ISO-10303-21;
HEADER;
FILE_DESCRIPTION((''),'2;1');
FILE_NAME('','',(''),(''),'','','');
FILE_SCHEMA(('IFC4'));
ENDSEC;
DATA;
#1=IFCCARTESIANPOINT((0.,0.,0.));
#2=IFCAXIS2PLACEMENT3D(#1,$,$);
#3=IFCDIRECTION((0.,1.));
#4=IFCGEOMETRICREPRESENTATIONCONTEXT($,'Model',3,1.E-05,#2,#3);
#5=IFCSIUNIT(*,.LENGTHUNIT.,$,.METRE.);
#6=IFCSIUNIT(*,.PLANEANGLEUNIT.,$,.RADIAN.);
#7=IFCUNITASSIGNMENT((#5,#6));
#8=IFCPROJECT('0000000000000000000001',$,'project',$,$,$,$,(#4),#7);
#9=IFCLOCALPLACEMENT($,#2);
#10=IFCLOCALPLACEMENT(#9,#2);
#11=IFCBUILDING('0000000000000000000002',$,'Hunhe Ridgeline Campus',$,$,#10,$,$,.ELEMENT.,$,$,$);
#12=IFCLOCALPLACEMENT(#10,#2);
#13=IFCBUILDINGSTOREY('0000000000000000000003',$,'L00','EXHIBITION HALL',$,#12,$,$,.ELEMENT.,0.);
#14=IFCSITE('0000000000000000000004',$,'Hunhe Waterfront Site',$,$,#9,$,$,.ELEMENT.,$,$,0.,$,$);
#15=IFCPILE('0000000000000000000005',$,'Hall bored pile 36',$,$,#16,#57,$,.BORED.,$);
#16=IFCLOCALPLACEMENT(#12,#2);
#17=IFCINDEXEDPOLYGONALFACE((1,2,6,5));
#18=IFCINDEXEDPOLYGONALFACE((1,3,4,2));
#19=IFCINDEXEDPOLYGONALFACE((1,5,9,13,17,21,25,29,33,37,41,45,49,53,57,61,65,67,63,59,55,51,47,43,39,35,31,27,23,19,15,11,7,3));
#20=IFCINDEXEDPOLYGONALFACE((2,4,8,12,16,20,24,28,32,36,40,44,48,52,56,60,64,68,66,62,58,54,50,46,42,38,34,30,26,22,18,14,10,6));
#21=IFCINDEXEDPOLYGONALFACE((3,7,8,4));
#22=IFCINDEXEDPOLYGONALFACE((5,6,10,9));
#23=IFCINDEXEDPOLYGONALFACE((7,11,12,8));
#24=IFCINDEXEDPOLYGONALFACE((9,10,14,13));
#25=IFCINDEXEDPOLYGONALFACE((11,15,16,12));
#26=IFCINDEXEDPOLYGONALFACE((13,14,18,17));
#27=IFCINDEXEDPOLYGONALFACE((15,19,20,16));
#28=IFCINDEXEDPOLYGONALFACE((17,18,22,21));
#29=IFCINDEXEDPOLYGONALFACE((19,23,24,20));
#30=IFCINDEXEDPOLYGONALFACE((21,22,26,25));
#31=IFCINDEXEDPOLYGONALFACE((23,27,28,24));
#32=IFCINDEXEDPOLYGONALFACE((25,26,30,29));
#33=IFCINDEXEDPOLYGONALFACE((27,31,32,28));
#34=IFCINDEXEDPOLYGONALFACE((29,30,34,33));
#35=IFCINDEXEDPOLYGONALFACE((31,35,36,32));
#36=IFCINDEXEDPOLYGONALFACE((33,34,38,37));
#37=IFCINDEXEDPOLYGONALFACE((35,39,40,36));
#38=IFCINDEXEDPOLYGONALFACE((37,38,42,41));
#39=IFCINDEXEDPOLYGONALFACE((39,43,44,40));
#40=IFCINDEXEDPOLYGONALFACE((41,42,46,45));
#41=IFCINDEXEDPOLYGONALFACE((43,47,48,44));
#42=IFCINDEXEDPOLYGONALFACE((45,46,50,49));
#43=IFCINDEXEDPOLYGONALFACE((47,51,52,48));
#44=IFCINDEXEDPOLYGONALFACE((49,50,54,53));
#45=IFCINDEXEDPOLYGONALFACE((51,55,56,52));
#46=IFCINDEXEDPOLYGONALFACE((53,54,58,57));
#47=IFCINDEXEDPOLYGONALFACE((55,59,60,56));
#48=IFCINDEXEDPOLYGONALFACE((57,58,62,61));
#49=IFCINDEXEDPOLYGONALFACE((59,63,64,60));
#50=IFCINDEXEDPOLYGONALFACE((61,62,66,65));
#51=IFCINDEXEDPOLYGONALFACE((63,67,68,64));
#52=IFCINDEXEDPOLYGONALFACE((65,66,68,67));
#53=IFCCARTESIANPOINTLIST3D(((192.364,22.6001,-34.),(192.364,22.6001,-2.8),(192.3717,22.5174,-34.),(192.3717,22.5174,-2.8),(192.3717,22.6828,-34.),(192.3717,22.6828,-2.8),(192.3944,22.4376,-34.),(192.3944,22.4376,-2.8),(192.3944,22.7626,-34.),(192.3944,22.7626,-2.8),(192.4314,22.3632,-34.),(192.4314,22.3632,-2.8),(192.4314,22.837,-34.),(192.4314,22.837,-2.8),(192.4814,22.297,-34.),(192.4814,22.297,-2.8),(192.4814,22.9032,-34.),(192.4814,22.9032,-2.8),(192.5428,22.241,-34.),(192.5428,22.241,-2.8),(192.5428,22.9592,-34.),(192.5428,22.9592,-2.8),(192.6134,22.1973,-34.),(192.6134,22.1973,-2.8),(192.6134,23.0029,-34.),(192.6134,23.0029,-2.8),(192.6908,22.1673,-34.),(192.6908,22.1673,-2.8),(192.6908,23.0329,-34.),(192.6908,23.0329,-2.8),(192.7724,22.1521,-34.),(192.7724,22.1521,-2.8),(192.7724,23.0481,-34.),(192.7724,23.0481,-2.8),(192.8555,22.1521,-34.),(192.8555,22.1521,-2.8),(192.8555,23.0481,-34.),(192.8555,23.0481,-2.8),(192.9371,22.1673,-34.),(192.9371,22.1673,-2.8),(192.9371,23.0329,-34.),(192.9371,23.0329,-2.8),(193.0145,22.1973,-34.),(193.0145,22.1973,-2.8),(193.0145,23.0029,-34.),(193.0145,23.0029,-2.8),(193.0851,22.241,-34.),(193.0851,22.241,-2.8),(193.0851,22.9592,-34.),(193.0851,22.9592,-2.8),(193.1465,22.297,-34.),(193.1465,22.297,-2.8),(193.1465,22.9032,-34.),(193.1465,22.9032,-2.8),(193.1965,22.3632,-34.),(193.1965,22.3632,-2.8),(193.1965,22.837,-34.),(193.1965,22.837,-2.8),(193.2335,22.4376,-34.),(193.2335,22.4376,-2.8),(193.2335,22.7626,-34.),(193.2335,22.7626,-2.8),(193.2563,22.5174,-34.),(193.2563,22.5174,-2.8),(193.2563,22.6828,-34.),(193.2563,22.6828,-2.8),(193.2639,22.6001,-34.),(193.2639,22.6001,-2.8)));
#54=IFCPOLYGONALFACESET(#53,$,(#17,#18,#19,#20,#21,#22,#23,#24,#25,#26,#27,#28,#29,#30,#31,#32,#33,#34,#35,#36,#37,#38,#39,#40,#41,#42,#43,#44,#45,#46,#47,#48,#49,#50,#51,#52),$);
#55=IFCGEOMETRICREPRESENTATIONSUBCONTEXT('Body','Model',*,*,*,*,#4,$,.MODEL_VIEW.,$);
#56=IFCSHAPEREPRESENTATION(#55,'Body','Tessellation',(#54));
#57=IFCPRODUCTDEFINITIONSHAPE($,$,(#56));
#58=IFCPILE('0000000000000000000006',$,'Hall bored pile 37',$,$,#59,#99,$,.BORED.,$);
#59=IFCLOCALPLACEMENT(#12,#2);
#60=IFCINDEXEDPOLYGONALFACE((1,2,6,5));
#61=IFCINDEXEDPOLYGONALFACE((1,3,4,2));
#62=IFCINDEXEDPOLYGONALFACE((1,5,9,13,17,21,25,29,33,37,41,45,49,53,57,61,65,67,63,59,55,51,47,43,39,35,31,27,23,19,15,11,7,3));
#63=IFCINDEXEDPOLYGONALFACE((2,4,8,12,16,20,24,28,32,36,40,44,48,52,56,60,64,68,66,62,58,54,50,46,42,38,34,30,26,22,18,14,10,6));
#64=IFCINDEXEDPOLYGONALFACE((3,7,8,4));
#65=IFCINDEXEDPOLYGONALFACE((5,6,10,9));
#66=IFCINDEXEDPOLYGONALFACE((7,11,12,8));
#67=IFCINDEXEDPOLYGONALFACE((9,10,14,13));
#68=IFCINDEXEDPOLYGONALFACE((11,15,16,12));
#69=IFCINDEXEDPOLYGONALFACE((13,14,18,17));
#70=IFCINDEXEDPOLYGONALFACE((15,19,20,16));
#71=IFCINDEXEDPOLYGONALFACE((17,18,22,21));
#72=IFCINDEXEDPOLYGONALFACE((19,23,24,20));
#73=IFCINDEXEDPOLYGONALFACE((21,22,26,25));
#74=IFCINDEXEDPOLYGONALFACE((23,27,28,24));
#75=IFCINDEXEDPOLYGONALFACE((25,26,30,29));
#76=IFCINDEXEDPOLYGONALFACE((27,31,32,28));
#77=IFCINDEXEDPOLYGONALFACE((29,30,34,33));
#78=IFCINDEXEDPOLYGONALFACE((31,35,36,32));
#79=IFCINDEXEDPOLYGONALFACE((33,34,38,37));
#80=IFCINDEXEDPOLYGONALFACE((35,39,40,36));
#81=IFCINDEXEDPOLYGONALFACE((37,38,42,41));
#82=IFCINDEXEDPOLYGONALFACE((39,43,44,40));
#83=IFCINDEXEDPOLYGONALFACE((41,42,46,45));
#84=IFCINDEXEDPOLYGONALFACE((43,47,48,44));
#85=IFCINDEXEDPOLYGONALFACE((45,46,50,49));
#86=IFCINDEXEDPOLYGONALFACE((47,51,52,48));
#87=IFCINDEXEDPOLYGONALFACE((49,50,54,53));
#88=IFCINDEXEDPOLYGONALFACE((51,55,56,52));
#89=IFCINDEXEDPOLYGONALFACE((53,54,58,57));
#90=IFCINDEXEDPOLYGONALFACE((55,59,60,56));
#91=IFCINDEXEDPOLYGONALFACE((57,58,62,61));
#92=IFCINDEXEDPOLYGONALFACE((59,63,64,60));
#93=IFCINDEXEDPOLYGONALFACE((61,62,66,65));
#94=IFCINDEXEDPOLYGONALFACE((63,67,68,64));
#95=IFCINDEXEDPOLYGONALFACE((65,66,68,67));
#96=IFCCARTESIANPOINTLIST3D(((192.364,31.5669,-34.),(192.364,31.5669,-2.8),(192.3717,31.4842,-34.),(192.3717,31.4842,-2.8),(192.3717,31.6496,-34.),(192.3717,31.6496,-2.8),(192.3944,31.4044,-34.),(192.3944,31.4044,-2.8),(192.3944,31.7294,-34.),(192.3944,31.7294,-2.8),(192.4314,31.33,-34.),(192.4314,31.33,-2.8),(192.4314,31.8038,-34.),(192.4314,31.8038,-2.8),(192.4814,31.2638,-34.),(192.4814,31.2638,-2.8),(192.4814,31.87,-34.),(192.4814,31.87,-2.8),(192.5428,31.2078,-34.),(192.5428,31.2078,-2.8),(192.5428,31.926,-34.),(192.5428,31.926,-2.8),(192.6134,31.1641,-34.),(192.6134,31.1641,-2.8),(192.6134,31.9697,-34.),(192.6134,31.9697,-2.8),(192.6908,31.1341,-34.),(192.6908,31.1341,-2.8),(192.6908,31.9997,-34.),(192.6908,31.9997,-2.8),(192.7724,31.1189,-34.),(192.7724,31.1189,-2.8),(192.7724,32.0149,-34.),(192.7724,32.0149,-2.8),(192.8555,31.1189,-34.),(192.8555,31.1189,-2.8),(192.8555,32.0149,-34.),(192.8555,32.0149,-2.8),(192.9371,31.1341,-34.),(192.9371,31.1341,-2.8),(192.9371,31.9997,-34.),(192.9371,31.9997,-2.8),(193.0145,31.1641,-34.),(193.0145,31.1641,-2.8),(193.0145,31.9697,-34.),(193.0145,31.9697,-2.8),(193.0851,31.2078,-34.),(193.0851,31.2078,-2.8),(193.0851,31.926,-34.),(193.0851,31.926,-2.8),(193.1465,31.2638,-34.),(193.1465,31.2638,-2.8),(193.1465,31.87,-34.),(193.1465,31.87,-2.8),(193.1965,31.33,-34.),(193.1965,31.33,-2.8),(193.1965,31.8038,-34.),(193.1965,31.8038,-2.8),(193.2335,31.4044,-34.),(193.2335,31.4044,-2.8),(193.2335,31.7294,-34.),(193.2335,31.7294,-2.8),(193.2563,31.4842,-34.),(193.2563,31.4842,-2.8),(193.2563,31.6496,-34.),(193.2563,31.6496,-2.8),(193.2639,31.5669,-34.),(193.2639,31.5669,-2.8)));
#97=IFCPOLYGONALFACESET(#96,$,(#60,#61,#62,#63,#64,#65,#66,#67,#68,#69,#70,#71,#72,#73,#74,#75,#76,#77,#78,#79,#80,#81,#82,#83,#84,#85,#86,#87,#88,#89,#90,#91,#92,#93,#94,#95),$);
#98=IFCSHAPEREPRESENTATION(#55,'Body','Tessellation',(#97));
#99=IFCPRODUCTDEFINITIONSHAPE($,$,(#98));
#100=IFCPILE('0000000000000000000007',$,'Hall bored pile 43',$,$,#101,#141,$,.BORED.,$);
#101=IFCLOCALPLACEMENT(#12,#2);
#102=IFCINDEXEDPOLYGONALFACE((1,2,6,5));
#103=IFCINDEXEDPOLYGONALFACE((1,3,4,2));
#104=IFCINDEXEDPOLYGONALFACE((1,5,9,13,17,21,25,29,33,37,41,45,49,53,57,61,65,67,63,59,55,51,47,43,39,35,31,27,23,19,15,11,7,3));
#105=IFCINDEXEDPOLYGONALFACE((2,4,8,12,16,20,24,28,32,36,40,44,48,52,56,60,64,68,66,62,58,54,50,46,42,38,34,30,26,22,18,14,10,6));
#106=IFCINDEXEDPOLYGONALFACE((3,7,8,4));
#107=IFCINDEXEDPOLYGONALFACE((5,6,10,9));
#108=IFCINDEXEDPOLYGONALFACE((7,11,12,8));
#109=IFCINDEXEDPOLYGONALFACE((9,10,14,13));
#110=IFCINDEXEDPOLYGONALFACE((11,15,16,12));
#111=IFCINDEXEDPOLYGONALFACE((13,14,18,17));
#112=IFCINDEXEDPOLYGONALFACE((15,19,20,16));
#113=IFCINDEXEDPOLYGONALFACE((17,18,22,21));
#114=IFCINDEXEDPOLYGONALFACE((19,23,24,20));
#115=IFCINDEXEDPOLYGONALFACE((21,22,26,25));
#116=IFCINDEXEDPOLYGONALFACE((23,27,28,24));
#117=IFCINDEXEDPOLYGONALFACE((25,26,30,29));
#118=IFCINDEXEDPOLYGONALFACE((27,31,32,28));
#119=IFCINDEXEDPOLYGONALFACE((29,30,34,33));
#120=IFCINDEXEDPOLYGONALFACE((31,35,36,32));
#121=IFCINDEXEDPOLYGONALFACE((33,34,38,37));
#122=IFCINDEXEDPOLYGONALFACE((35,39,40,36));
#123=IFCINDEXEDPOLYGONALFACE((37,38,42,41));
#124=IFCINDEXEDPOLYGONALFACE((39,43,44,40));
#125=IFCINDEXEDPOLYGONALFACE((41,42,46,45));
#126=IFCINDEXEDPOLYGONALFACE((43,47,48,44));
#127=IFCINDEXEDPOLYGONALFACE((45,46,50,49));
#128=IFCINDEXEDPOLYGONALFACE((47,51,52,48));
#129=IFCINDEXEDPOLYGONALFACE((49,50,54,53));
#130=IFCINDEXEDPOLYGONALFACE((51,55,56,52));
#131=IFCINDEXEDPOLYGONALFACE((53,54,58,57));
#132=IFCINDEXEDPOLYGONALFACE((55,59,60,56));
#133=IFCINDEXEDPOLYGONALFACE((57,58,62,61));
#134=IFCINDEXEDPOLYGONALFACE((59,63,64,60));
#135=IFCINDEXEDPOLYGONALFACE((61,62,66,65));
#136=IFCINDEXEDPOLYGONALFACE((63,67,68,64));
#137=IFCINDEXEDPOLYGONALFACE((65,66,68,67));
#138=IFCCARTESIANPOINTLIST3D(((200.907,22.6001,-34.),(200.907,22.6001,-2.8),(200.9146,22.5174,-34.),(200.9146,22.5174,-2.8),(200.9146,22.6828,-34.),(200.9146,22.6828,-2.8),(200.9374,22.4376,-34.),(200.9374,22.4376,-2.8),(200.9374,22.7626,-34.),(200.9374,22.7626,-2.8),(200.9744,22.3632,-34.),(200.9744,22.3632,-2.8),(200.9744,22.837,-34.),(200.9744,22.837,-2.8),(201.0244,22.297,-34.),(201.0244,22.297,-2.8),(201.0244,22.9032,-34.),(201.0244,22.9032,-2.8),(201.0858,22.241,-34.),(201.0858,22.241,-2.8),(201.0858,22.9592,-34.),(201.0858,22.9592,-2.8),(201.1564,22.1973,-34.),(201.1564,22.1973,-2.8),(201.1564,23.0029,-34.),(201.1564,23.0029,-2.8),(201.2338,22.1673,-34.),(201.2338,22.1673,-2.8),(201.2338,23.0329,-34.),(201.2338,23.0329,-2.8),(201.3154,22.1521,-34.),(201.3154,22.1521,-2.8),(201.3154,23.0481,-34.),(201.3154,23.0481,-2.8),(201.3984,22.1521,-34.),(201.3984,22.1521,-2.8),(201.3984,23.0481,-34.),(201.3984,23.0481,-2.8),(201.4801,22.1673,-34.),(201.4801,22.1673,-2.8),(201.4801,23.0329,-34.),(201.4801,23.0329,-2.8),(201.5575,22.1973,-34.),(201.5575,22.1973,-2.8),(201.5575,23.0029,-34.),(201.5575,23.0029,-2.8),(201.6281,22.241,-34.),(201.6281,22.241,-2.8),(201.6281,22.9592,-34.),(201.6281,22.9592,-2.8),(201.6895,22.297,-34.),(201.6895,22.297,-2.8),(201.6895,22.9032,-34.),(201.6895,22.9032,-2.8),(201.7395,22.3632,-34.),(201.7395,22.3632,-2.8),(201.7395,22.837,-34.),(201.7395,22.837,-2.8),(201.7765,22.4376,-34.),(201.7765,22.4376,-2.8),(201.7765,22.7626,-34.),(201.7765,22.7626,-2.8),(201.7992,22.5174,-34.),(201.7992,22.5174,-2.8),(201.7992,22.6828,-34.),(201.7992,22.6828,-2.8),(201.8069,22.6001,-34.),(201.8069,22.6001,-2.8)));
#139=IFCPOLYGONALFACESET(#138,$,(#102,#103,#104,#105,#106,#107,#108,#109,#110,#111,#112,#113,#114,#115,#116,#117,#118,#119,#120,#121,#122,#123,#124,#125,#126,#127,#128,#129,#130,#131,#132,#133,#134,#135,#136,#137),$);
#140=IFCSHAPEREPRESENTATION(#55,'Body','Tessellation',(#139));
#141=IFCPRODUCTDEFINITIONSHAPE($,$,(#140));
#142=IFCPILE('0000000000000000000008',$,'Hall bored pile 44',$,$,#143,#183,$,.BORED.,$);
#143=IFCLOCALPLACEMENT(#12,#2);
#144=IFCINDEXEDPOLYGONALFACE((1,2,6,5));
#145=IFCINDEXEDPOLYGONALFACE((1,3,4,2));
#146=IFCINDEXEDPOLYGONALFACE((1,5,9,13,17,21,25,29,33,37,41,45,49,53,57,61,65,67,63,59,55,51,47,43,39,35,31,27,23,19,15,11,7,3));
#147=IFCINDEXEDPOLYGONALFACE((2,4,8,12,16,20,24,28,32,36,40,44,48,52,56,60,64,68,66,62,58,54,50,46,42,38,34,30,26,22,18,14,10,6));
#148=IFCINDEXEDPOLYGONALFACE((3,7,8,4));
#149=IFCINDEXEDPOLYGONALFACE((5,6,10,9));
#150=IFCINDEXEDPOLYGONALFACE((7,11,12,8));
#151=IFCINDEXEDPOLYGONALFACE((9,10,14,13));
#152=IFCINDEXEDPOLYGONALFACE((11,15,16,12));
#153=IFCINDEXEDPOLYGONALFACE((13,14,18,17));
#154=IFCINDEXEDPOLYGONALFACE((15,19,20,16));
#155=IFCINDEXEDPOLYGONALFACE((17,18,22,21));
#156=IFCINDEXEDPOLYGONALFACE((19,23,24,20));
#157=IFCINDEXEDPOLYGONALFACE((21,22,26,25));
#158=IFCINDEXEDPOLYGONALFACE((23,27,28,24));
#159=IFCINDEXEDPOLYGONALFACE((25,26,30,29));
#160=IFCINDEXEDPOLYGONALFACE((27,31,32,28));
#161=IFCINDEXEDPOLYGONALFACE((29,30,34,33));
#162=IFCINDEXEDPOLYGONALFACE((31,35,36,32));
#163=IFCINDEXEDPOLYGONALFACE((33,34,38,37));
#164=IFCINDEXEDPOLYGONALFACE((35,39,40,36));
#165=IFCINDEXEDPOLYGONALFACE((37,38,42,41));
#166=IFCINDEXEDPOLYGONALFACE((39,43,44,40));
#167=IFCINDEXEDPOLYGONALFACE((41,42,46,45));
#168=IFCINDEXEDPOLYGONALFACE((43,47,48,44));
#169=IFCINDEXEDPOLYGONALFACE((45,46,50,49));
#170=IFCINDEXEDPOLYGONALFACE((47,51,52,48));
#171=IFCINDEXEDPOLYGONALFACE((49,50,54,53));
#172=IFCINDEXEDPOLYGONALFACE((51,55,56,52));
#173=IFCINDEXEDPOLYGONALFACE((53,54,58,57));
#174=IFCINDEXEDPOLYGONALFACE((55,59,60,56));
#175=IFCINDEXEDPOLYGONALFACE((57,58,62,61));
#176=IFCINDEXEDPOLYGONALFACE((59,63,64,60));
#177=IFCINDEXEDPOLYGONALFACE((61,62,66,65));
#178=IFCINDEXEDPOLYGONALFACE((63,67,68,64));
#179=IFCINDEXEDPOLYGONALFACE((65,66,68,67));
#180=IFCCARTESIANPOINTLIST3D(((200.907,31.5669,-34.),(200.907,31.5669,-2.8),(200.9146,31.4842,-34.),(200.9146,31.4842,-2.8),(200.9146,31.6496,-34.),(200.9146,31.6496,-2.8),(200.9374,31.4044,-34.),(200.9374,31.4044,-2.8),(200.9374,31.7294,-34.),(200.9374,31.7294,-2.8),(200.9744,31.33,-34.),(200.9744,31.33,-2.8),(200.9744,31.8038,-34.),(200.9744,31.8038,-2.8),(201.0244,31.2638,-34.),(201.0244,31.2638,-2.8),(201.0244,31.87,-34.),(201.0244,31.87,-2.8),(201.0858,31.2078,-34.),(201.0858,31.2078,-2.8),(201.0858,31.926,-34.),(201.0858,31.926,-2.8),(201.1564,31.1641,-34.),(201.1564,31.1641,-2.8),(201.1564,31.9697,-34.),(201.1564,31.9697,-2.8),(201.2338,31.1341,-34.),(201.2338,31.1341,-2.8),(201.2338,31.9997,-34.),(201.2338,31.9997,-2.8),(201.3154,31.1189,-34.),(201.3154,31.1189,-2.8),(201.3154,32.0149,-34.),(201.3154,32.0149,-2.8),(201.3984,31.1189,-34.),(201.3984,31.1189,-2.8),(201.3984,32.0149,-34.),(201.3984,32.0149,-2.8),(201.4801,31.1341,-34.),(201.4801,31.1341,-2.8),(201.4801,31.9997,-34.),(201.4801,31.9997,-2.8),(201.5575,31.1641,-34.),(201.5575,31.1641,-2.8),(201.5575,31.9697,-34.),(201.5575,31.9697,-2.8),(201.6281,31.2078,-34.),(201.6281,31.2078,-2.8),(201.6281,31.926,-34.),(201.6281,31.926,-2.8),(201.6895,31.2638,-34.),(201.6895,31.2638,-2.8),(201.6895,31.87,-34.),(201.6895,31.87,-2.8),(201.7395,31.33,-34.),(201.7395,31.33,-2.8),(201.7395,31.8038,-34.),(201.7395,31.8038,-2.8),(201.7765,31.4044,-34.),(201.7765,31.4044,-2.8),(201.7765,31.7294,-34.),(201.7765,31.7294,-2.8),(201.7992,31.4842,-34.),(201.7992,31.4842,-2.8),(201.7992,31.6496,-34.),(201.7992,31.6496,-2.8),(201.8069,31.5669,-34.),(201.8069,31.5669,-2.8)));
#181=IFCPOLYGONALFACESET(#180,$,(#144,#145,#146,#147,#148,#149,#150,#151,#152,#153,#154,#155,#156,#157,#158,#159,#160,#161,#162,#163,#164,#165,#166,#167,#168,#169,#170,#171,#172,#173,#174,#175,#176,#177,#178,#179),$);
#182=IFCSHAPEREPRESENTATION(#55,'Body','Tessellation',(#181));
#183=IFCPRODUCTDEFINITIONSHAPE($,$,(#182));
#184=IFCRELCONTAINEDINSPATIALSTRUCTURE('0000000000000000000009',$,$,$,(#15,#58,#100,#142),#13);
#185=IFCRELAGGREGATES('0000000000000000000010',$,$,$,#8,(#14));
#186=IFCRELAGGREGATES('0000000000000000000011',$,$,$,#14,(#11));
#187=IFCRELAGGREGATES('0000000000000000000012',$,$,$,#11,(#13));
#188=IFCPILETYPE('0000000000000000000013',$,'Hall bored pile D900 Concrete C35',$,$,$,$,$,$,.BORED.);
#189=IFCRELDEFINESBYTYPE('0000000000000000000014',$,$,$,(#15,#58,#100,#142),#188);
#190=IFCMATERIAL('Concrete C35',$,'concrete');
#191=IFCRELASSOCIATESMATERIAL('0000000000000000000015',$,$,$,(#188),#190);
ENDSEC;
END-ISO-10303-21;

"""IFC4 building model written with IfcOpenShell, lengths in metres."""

from ifc_helpers import new_model, si_unit, direction, frame, origin, origin_2d, place, context, subcontext, project, spatial, circle, extrude, material, material_profile, profile_set, type_object, element, save


model = new_model("IFC4")

# Units and contexts
model_context = context("Model", 3, precision=1e-05, world=origin(), true_north=direction((0.0, 1.0)))
body_context = subcontext(model_context, "Body", "Model", "MODEL_VIEW")
ifc_project = project(units=[si_unit("LENGTHUNIT", "METRE"), si_unit("PLANEANGLEUNIT", "RADIAN")], contexts=[model_context])

# Site, building, storey
site_placement = place(None, origin())
site = spatial("IfcSite", under=ifc_project, at=site_placement, Name="Hunhe Waterfront Site", CompositionType="ELEMENT", RefElevation=0.0)
building_placement = place(site_placement, origin())
building = spatial("IfcBuilding", under=site, at=building_placement, Name="Hunhe Ridgeline Campus", CompositionType="ELEMENT")
storey_placement = place(building_placement, origin())
storey = spatial("IfcBuildingStorey", under=building, at=storey_placement, Name="L00", Description="EXHIBITION HALL", CompositionType="ELEMENT", Elevation=0.0)

# Piles
ifc_material_1 = material(Name="Concrete C35", Category="concrete")
ifc_material_profile = material_profile(ifc_material_1, circle(Radius=0.45, at=origin_2d()))
ifc_profile_set = profile_set([ifc_material_profile], Name="Concrete C35")
pile_type = type_object("IfcPileType", Name="Hall bored pile D900 Concrete C35", PredefinedType="BORED", material=ifc_profile_set)
for number, where, z_axis, x_axis, name in (
    (1, (192.814, 22.6001, -2.8), (0.0, 0.0, -1.0), (1.0, 0.0, 0.0), "Hall bored pile 36"),
    (2, (192.814, 31.5669, -2.8), (0.0, 0.0, -1.0), (1.0, 0.0, 0.0), "Hall bored pile 37"),
    (3, (201.3569, 22.6001, -2.8), (0.0, 0.0, -1.0), (1.0, 0.0, 0.0), "Hall bored pile 43"),
    (4, (201.3569, 31.5669, -2.8), (0.0, 0.0, -1.0), (1.0, 0.0, 0.0), "Hall bored pile 44"),
):
    element("IfcPile", number, at=place(storey_placement, frame(where, z_axis=z_axis, x_axis=x_axis)), inside=storey, type_object=pile_type, Name=name, PredefinedType="BORED", context=body_context, shape_type="SweptSolid", body=[
        extrude(circle(Radius=0.45, at=origin_2d()), origin(), (0.0, 0.0, 1.0), 31.2),
    ])

save(model, "model.ifc")
